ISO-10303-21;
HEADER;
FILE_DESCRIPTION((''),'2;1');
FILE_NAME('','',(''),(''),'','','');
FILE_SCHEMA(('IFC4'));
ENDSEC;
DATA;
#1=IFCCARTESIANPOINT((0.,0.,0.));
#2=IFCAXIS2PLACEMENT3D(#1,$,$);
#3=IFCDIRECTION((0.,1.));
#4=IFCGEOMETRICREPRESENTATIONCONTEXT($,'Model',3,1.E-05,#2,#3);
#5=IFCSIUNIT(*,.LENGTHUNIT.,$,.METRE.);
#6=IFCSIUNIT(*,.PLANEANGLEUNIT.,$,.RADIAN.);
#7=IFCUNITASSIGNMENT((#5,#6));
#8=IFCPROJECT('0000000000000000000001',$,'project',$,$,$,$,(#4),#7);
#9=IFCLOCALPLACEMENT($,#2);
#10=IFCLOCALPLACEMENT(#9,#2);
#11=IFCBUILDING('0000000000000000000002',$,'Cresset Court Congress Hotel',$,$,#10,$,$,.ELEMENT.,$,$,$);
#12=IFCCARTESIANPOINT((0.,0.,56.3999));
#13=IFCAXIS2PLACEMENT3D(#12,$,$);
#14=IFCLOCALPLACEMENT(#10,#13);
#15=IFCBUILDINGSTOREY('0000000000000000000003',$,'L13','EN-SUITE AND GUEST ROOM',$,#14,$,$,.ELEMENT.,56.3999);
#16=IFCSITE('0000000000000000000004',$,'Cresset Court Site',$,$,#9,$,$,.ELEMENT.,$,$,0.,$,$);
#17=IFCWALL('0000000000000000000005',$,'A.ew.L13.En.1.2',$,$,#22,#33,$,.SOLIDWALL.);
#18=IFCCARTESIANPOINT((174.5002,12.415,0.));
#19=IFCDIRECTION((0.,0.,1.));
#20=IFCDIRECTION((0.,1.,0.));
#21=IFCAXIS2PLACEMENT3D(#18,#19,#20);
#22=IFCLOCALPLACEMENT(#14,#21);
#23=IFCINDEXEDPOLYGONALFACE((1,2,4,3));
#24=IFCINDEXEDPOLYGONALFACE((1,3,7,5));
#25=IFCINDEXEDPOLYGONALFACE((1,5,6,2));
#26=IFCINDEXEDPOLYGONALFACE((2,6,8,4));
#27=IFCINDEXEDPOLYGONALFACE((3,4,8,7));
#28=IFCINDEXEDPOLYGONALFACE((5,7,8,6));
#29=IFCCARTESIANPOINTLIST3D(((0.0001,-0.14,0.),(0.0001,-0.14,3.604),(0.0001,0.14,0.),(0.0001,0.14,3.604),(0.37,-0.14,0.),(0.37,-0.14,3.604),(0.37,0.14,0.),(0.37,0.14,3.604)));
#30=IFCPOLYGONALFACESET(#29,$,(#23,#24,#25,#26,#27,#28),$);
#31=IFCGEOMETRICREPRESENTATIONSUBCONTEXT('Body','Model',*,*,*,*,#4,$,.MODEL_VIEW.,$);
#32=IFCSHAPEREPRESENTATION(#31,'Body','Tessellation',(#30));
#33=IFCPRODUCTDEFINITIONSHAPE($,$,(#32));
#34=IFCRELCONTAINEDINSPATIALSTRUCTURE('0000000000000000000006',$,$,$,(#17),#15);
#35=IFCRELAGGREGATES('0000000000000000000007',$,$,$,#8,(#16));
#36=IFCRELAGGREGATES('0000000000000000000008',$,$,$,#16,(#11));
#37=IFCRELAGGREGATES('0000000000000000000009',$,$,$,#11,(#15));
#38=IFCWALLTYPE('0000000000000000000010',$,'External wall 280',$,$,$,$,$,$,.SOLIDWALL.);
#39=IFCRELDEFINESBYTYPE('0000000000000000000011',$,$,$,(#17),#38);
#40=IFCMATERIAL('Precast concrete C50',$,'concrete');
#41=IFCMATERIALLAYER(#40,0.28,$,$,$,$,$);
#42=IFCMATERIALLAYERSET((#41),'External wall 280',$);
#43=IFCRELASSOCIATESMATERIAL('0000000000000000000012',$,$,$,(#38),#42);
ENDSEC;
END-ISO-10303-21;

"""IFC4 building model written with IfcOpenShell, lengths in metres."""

from ifc_helpers import new_model, si_unit, direction, frame, frame_2d, origin, place, context, subcontext, project, spatial, rectangle, extrude, material, layer, layer_set, type_object, element, save


model = new_model("IFC4")

# Units and contexts
model_context = context("Model", 3, precision=1e-05, world=origin(), true_north=direction((0.0, 1.0)))
body_context = subcontext(model_context, "Body", "Model", "MODEL_VIEW")
ifc_project = project(units=[si_unit("LENGTHUNIT", "METRE"), si_unit("PLANEANGLEUNIT", "RADIAN")], contexts=[model_context])

# Site, building, storey
site_placement = place(None, origin())
site = spatial("IfcSite", under=ifc_project, at=site_placement, Name="Cresset Court Site", CompositionType="ELEMENT", RefElevation=0.0)
building_placement = place(site_placement, origin())
building = spatial("IfcBuilding", under=site, at=building_placement, Name="Cresset Court Congress Hotel", CompositionType="ELEMENT")
storey_placement = place(building_placement, frame((0.0, 0.0, 56.3999)))
storey = spatial("IfcBuildingStorey", under=building, at=storey_placement, Name="L13", Description="EN-SUITE AND GUEST ROOM", CompositionType="ELEMENT", Elevation=56.3999)

# Shared definitions
ifc_material_1 = material(Name="Precast concrete C50", Category="concrete")
ifc_layer_1 = layer(ifc_material_1, 0.28)
ifc_layer_set_1 = layer_set([ifc_layer_1], Name="External wall 280")
wall_type_1 = type_object("IfcWallType", Name="External wall 280", PredefinedType="SOLIDWALL", material=ifc_layer_set_1)

# Wall
wall_1_placement = place(storey_placement, frame((174.5002, 12.415, 0.0), z_axis=(0.0, 0.0, 1.0), x_axis=(0.0, 1.0, 0.0)))
element("IfcWall", 1, at=wall_1_placement, inside=storey, type_object=wall_type_1, Name="A.ew.L13.En.1.2", PredefinedType="SOLIDWALL", context=body_context, shape_type="SweptSolid", body=[
    extrude(rectangle(XDim=0.3699, YDim=0.28, at=frame_2d((0.1851, 0.0))), origin(), (0.0, 0.0, 1.0), 3.604),
])

save(model, "model.ifc")
